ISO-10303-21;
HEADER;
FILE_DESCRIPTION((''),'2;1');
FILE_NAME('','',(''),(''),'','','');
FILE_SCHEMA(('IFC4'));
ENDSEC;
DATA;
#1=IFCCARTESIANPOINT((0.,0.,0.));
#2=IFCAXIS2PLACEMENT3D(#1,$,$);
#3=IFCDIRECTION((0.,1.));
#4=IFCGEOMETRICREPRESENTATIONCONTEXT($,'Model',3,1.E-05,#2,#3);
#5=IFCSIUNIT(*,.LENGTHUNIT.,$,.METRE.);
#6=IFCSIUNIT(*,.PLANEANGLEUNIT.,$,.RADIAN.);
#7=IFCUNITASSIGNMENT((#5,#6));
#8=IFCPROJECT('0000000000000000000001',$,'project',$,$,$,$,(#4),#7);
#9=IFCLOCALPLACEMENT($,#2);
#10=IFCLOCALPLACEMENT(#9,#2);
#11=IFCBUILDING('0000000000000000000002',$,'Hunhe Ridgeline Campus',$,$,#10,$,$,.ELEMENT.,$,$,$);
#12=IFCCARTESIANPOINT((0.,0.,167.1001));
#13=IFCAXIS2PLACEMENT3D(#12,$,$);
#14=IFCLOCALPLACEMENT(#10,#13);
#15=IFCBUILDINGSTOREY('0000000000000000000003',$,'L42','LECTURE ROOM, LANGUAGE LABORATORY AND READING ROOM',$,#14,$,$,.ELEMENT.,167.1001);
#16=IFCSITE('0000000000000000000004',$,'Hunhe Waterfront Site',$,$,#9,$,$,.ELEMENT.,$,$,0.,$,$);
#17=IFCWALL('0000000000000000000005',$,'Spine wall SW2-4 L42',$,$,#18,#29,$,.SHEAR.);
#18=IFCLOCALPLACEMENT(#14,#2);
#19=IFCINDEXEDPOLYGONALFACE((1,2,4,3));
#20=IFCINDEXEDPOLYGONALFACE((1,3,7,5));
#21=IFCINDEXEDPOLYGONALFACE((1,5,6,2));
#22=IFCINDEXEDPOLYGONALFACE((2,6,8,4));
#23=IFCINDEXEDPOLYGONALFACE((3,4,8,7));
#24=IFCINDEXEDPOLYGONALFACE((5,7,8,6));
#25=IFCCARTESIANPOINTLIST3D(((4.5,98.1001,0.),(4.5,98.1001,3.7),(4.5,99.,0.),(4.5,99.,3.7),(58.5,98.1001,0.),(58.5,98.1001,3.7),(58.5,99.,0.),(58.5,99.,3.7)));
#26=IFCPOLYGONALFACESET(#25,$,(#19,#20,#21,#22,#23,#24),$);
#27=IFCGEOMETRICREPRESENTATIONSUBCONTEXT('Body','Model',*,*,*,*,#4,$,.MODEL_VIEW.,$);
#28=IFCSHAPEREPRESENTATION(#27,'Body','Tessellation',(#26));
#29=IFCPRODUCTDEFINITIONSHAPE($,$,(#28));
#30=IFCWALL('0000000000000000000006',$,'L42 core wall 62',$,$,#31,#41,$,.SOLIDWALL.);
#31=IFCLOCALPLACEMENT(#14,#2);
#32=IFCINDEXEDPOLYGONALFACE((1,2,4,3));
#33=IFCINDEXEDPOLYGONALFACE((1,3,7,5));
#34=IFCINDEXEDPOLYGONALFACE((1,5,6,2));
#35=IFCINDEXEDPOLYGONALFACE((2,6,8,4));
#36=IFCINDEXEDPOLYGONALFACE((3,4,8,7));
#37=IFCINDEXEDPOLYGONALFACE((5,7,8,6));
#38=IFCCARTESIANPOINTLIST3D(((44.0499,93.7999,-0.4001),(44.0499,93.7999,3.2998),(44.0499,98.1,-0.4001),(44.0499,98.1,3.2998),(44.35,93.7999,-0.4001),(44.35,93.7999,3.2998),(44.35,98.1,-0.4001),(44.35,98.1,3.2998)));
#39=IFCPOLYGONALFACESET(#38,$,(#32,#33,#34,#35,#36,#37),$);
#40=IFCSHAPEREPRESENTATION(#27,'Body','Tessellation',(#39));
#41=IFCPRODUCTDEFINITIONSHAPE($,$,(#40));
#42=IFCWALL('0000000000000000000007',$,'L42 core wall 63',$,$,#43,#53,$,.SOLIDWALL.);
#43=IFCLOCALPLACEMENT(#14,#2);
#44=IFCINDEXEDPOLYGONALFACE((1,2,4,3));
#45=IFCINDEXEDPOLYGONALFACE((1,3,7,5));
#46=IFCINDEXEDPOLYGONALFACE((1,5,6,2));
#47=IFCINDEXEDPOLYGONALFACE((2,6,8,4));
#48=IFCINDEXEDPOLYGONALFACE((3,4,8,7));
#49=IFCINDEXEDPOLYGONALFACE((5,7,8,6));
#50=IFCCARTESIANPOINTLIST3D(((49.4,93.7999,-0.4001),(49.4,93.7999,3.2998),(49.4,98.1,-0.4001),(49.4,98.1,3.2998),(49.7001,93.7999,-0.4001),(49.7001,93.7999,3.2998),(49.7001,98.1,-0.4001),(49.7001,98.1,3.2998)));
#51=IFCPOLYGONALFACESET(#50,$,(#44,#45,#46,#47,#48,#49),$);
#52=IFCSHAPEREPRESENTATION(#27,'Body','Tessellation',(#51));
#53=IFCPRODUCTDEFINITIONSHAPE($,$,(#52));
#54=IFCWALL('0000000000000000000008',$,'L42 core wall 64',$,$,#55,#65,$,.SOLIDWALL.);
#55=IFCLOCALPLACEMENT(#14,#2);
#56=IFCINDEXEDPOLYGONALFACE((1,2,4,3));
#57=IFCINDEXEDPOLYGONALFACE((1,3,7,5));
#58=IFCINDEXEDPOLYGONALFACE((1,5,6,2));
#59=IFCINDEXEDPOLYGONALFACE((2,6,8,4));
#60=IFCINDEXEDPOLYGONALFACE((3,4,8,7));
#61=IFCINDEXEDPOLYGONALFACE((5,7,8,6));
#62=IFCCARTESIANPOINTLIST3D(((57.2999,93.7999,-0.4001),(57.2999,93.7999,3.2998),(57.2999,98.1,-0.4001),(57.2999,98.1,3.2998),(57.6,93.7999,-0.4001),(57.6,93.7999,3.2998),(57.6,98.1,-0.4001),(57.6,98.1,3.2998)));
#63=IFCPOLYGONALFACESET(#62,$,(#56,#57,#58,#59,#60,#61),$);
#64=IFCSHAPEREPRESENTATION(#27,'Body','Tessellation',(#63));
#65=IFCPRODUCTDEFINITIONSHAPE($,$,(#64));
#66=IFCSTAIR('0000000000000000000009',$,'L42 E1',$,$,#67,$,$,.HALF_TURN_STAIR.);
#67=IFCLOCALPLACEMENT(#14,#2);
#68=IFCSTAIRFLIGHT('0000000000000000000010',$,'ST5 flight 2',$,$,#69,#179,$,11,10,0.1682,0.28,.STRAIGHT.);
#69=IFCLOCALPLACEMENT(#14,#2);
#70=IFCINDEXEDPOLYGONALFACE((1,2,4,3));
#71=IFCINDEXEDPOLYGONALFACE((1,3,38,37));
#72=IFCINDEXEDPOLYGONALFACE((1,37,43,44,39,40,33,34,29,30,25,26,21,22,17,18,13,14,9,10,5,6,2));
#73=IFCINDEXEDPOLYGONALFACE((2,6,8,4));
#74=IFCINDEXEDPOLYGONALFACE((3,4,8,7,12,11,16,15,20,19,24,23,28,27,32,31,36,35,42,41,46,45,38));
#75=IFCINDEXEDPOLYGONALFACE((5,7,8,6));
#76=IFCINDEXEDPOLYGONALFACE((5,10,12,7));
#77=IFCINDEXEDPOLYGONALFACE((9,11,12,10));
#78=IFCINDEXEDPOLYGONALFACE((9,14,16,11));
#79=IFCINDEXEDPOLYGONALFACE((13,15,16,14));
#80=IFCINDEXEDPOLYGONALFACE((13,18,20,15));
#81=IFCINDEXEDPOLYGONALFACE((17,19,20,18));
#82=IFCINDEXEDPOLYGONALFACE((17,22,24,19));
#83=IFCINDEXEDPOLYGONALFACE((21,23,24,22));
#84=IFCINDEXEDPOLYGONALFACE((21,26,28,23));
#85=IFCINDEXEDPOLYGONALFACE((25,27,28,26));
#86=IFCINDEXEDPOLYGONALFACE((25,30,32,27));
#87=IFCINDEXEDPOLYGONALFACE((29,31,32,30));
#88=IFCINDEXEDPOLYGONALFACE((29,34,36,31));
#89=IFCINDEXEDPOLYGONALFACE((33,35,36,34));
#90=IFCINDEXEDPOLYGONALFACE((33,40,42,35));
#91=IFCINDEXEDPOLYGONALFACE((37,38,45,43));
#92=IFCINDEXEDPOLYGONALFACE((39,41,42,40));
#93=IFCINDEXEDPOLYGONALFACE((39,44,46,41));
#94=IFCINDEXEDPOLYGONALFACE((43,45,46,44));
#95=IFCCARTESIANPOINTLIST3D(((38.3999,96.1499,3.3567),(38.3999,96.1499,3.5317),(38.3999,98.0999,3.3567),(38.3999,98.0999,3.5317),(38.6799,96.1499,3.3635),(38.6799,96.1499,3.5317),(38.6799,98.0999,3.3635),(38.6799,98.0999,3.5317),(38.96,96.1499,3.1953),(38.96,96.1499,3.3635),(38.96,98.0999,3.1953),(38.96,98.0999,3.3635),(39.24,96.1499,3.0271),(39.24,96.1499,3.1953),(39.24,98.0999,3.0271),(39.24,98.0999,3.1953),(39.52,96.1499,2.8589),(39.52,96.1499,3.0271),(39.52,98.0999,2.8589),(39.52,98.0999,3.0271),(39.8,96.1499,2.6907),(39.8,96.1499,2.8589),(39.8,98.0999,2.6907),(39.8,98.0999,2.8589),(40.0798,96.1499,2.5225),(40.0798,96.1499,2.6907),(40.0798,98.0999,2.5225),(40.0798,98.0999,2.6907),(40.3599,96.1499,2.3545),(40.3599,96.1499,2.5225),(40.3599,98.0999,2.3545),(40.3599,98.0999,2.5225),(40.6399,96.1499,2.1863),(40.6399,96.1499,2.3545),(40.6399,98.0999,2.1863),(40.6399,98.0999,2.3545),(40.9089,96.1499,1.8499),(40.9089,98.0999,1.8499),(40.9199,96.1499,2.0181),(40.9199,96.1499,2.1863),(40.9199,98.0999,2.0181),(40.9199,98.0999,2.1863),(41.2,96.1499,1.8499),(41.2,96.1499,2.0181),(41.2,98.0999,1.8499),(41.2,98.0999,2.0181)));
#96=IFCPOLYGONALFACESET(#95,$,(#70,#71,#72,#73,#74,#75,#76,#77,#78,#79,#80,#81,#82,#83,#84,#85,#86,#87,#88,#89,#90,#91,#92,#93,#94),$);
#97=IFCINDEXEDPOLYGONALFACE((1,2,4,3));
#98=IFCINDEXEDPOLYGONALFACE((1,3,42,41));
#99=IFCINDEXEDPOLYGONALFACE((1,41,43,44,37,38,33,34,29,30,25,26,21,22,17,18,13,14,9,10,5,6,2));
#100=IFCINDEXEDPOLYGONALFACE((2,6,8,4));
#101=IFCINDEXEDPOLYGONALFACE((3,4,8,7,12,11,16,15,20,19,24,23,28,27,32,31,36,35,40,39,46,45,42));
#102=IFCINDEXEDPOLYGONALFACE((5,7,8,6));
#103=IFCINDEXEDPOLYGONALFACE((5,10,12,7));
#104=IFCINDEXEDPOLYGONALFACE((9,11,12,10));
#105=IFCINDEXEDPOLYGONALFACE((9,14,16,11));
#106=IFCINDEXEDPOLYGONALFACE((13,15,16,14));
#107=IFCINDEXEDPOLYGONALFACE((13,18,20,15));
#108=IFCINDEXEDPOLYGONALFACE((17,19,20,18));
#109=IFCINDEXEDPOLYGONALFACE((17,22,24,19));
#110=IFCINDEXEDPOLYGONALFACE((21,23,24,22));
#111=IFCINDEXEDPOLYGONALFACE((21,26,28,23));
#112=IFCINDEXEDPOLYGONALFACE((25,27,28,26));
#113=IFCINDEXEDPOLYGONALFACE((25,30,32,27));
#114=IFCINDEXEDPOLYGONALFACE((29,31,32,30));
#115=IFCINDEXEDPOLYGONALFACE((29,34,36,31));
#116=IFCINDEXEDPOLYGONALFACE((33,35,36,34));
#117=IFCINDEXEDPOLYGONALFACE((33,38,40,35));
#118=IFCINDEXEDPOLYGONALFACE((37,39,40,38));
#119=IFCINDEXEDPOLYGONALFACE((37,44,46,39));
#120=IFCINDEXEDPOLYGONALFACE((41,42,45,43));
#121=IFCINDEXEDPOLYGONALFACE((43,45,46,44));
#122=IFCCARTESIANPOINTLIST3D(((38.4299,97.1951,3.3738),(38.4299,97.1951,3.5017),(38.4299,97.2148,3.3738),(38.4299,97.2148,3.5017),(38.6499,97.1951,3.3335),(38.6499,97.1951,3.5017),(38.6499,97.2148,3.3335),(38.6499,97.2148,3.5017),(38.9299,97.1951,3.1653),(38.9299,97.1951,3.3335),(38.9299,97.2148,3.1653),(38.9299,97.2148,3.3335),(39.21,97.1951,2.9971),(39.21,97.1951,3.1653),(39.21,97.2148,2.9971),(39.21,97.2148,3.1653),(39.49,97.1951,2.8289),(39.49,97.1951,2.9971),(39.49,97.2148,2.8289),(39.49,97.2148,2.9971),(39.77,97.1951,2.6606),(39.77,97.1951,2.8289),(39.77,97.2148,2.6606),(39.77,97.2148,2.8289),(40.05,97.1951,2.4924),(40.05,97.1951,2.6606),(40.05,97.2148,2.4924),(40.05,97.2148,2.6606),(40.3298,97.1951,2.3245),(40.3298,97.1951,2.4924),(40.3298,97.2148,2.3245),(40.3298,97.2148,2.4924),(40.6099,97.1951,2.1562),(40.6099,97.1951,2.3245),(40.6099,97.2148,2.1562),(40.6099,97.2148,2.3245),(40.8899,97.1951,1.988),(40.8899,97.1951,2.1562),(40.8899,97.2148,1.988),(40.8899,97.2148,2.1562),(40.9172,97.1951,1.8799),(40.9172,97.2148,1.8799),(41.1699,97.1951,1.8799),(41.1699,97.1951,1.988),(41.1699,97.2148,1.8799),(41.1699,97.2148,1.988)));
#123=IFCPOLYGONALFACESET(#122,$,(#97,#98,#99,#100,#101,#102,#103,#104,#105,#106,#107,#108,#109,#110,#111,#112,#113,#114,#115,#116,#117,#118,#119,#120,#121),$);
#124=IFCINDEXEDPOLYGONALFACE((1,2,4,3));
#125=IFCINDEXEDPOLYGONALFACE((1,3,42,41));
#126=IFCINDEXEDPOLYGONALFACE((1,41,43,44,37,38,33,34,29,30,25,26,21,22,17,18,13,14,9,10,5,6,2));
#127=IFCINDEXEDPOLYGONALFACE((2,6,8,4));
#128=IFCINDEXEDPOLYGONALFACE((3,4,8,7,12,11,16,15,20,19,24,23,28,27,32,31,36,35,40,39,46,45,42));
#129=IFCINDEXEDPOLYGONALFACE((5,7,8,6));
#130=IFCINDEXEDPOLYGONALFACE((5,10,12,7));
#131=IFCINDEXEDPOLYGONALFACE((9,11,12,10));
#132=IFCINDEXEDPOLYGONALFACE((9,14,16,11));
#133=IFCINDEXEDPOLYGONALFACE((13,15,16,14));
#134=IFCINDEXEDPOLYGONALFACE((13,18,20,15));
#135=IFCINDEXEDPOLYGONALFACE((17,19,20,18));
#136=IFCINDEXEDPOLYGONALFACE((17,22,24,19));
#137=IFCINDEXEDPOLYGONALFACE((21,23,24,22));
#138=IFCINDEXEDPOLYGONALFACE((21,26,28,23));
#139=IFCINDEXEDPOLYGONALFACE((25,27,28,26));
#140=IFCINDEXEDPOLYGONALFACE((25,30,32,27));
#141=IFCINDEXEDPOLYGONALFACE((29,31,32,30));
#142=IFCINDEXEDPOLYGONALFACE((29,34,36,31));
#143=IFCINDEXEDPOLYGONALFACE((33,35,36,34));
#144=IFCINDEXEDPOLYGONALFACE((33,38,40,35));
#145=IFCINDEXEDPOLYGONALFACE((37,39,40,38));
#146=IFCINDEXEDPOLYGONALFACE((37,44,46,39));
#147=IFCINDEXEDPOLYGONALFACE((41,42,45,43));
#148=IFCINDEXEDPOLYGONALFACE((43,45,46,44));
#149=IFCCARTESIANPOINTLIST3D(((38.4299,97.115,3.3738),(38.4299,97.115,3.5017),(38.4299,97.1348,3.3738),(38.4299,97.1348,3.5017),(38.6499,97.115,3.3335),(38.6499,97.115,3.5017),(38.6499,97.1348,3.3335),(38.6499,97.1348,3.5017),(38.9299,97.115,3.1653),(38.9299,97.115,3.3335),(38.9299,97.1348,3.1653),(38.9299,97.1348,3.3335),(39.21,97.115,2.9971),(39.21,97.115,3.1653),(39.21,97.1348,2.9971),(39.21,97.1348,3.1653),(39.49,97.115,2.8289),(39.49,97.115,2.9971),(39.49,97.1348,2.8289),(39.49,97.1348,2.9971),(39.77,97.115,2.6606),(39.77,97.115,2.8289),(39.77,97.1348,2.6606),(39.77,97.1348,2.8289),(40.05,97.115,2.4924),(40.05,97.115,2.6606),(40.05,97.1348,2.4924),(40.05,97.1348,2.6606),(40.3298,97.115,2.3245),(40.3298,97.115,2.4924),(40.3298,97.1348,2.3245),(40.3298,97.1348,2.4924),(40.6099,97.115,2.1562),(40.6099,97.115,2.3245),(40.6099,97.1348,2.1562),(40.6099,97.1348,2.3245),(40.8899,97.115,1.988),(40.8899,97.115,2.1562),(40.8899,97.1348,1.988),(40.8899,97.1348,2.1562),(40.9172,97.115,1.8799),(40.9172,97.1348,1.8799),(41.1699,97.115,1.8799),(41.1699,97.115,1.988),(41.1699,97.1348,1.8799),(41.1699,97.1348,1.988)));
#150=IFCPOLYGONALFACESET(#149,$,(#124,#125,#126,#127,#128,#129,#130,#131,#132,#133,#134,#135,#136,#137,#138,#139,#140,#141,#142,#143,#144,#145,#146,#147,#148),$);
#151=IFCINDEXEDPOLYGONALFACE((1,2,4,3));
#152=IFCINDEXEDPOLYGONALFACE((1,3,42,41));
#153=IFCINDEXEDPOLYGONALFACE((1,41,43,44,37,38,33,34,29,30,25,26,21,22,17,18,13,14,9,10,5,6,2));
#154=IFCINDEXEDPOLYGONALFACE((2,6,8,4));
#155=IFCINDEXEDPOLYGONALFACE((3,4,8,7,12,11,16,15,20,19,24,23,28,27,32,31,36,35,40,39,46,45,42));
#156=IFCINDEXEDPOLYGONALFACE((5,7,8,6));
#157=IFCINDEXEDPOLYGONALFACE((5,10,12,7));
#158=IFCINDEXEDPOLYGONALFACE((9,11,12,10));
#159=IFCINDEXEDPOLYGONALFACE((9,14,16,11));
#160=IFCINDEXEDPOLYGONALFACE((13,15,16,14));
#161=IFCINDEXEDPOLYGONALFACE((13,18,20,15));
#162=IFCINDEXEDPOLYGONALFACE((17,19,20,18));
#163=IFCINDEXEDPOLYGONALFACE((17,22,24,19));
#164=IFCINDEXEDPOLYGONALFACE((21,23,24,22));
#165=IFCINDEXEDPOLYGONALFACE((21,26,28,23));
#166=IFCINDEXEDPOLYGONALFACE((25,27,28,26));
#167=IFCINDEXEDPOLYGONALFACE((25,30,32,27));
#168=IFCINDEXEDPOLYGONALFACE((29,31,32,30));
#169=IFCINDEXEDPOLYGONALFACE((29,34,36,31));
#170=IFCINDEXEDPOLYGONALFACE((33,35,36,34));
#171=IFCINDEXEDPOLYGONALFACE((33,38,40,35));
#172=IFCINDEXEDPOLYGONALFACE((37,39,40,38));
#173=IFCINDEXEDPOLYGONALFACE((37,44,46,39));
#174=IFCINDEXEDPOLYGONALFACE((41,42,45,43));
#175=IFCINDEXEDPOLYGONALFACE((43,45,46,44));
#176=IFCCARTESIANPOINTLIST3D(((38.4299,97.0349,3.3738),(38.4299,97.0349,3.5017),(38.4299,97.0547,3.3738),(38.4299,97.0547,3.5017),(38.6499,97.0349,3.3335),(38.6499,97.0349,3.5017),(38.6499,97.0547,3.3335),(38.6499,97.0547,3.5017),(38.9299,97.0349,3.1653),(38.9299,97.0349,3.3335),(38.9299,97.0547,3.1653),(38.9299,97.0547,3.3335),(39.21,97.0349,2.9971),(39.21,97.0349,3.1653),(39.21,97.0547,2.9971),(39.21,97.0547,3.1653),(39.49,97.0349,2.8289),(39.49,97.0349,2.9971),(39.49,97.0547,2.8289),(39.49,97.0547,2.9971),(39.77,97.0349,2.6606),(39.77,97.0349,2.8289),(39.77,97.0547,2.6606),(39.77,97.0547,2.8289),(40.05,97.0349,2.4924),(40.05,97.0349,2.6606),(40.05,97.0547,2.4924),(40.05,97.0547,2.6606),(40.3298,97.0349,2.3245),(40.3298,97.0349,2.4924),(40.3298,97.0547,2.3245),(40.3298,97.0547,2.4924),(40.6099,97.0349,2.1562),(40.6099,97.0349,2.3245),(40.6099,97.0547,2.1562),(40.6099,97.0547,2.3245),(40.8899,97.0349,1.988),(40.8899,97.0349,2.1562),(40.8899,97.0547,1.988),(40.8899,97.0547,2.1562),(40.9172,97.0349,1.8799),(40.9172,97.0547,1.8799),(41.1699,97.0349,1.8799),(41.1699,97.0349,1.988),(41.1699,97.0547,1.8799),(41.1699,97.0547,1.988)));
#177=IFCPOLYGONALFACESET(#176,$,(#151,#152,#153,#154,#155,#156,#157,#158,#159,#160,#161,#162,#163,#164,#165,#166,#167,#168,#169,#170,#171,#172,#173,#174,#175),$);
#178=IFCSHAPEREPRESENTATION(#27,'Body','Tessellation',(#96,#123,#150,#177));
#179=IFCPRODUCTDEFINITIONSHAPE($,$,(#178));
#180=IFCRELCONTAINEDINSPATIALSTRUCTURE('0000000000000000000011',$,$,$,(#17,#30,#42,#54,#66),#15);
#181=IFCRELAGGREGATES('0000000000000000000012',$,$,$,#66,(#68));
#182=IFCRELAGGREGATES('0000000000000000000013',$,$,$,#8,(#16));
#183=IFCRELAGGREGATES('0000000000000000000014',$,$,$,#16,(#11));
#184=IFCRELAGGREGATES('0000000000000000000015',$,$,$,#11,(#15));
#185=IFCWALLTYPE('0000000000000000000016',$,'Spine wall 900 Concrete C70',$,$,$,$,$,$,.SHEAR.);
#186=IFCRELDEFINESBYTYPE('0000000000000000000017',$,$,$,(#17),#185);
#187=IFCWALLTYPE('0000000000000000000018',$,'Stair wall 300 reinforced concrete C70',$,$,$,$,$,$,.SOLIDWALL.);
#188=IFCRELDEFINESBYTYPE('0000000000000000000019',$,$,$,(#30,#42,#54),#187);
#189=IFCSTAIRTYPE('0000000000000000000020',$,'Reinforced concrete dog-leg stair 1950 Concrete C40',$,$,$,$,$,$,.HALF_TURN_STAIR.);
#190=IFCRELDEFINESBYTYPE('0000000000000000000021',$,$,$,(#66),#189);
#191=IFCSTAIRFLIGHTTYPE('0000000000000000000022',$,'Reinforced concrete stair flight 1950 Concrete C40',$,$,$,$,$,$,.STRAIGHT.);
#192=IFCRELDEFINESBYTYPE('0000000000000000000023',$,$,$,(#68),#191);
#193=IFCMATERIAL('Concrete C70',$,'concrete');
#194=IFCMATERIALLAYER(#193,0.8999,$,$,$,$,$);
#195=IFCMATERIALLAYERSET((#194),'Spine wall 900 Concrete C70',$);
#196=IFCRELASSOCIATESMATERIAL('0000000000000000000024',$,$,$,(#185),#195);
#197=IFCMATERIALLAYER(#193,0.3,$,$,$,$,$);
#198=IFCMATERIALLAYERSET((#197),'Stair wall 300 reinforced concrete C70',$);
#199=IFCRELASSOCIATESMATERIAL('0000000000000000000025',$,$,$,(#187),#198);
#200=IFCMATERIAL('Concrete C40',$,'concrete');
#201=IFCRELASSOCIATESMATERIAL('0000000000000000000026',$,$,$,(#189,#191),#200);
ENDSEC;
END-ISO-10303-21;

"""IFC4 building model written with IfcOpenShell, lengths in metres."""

from ifc_helpers import new_model, si_unit, direction, frame, frame_2d, origin, place, context, subcontext, project, spatial, polyline, rectangle, outline, extrude, material, layer, layer_set, type_object, element, aggregate, save


model = new_model("IFC4")

# Units and contexts
model_context = context("Model", 3, precision=1e-05, world=origin(), true_north=direction((0.0, 1.0)))
body_context = subcontext(model_context, "Body", "Model", "MODEL_VIEW")
ifc_project = project(units=[si_unit("LENGTHUNIT", "METRE"), si_unit("PLANEANGLEUNIT", "RADIAN")], contexts=[model_context])

# Site, building, storey
site_placement = place(None, origin())
site = spatial("IfcSite", under=ifc_project, at=site_placement, Name="Hunhe Waterfront Site", CompositionType="ELEMENT", RefElevation=0.0)
building_placement = place(site_placement, origin())
building = spatial("IfcBuilding", under=site, at=building_placement, Name="Hunhe Ridgeline Campus", CompositionType="ELEMENT")
storey_placement = place(building_placement, frame((0.0, 0.0, 167.1001)))
storey = spatial("IfcBuildingStorey", under=building, at=storey_placement, Name="L42", Description="LECTURE ROOM, LANGUAGE LABORATORY AND READING ROOM", CompositionType="ELEMENT", Elevation=167.1001)

# Shared definitions
ifc_material_1 = material(Name="Concrete C70", Category="concrete")

# Wall
ifc_layer_1 = layer(ifc_material_1, 0.8999)
ifc_layer_set_1 = layer_set([ifc_layer_1], Name="Spine wall 900 Concrete C70")
wall_type_1 = type_object("IfcWallType", Name="Spine wall 900 Concrete C70", PredefinedType="SHEAR", material=ifc_layer_set_1)
wall_1_placement = place(storey_placement, frame((58.5, 98.55, 0.0), z_axis=(0.0, 0.0, 1.0), x_axis=(-1.0, 0.0, 0.0)))
element("IfcWall", 1, at=wall_1_placement, inside=storey, type_object=wall_type_1, Name="Spine wall SW2-4 L42", PredefinedType="SHEAR", context=body_context, shape_type="SweptSolid", body=[
    extrude(rectangle(XDim=54.0, YDim=0.8999, at=frame_2d((27.0, 0.0))), origin(), (0.0, 0.0, 1.0), 3.7),
])

# Shared definitions
ifc_layer_2 = layer(ifc_material_1, 0.3)
ifc_layer_set_2 = layer_set([ifc_layer_2], Name="Stair wall 300 reinforced concrete C70")
wall_type_2 = type_object("IfcWallType", Name="Stair wall 300 reinforced concrete C70", PredefinedType="SOLIDWALL", material=ifc_layer_set_2)

# Walls
for number, where, z_axis, x_axis, name in (
    (2, (44.2, 93.8, -0.4001), (0.0, 0.0, 1.0), (0.0, 1.0, 0.0), "L42 core wall 62"),
    (3, (49.55, 93.8, -0.4001), (0.0, 0.0, 1.0), (0.0, 1.0, 0.0), "L42 core wall 63"),
    (4, (57.45, 93.8, -0.4001), (0.0, 0.0, 1.0), (0.0, 1.0, 0.0), "L42 core wall 64"),
):
    element("IfcWall", number, at=place(storey_placement, frame(where, z_axis=z_axis, x_axis=x_axis)), inside=storey, type_object=wall_type_2, Name=name, PredefinedType="SOLIDWALL", context=body_context, shape_type="SweptSolid", body=[
        extrude(rectangle(XDim=4.3, YDim=0.3, at=frame_2d((2.1499, 0.0))), origin(), (0.0, 0.0, 1.0), 3.7),
    ])

# Stair, stair flight
ifc_material_2 = material(Name="Concrete C40", Category="concrete")
stair_type = type_object("IfcStairType", Name="Reinforced concrete dog-leg stair 1950 Concrete C40", PredefinedType="HALF_TURN_STAIR", material=ifc_material_2)
stair_1_placement = place(storey_placement, origin())
stair_1 = element("IfcStair", 5, at=stair_1_placement, inside=storey, type_object=stair_type, Name="L42 E1", PredefinedType="HALF_TURN_STAIR")
stair_flight_type = type_object("IfcStairFlightType", Name="Reinforced concrete stair flight 1950 Concrete C40", PredefinedType="STRAIGHT", material=ifc_material_2)
stair_flight_1_placement = place(storey_placement, frame((41.2, 97.125, 1.8499), z_axis=(0.0, 0.0, 1.0), x_axis=(-1.0, 0.0, 0.0)))
stair_flight_1 = element("IfcStairFlight", 6, at=stair_flight_1_placement, type_object=stair_flight_type, Name="ST5 flight 2", NumberOfRisers=11, NumberOfTreads=10, PredefinedType="STRAIGHT", RiserHeight=0.1682, TreadLength=0.28, context=body_context, shape_type="SweptSolid", body=[
    extrude(outline(polyline([(0.0, 0.0), (0.0, 0.1682), (0.28, 0.1682), (0.28, 0.3364), (0.5601, 0.3364), (0.5601, 0.5046), (0.8401, 0.5046), (0.8401, 0.6726), (1.1201, 0.6726), (1.1201, 0.8408), (1.3999, 0.8408), (1.3999, 1.009), (1.6799, 1.009), (1.6799, 1.1772), (1.96, 1.1772), (1.96, 1.3455), (2.24, 1.3455), (2.24, 1.5137), (2.52, 1.5137), (2.52, 1.6819), (2.8, 1.6819), (2.8, 1.8501), (2.8, 1.5068), (0.291, 0.0), (0.0, 0.0)])), frame((0.0, 0.9751, 0.0), z_axis=(0.0, -1.0, 0.0), x_axis=(1.0, 0.0, 0.0)), (0.0, 0.0, 1.0), 1.95),
    extrude(outline(polyline([(0.03, 0.03), (0.03, 0.1382), (0.3101, 0.1382), (0.3101, 0.3064), (0.5901, 0.3064), (0.5901, 0.4746), (0.8701, 0.4746), (0.8701, 0.6426), (1.1499, 0.6426), (1.1499, 0.8108), (1.4299, 0.8108), (1.4299, 0.979), (1.71, 0.979), (1.71, 1.1472), (1.99, 1.1472), (1.99, 1.3154), (2.27, 1.3154), (2.27, 1.4836), (2.55, 1.4836), (2.55, 1.6519), (2.77, 1.6519), (2.77, 1.5239), (0.2827, 0.03), (0.03, 0.03)])), frame((0.0, -0.0701, 0.0), z_axis=(0.0, -1.0, 0.0), x_axis=(1.0, 0.0, 0.0)), (0.0, 0.0, 1.0), 0.0198),
    extrude(outline(polyline([(0.03, 0.03), (0.03, 0.1382), (0.3101, 0.1382), (0.3101, 0.3064), (0.5901, 0.3064), (0.5901, 0.4746), (0.8701, 0.4746), (0.8701, 0.6426), (1.1499, 0.6426), (1.1499, 0.8108), (1.4299, 0.8108), (1.4299, 0.979), (1.71, 0.979), (1.71, 1.1472), (1.99, 1.1472), (1.99, 1.3154), (2.27, 1.3154), (2.27, 1.4836), (2.55, 1.4836), (2.55, 1.6519), (2.77, 1.6519), (2.77, 1.5239), (0.2827, 0.03), (0.03, 0.03)])), frame((0.0, 0.01, 0.0), z_axis=(0.0, -1.0, 0.0), x_axis=(1.0, 0.0, 0.0)), (0.0, 0.0, 1.0), 0.0198),
    extrude(outline(polyline([(0.03, 0.03), (0.03, 0.1382), (0.3101, 0.1382), (0.3101, 0.3064), (0.5901, 0.3064), (0.5901, 0.4746), (0.8701, 0.4746), (0.8701, 0.6426), (1.1499, 0.6426), (1.1499, 0.8108), (1.4299, 0.8108), (1.4299, 0.979), (1.71, 0.979), (1.71, 1.1472), (1.99, 1.1472), (1.99, 1.3154), (2.27, 1.3154), (2.27, 1.4836), (2.55, 1.4836), (2.55, 1.6519), (2.77, 1.6519), (2.77, 1.5239), (0.2827, 0.03), (0.03, 0.03)])), frame((0.0, 0.0901, 0.0), z_axis=(0.0, -1.0, 0.0), x_axis=(1.0, 0.0, 0.0)), (0.0, 0.0, 1.0), 0.0198),
])
aggregate(stair_1, [stair_flight_1])

save(model, "model.ifc")
